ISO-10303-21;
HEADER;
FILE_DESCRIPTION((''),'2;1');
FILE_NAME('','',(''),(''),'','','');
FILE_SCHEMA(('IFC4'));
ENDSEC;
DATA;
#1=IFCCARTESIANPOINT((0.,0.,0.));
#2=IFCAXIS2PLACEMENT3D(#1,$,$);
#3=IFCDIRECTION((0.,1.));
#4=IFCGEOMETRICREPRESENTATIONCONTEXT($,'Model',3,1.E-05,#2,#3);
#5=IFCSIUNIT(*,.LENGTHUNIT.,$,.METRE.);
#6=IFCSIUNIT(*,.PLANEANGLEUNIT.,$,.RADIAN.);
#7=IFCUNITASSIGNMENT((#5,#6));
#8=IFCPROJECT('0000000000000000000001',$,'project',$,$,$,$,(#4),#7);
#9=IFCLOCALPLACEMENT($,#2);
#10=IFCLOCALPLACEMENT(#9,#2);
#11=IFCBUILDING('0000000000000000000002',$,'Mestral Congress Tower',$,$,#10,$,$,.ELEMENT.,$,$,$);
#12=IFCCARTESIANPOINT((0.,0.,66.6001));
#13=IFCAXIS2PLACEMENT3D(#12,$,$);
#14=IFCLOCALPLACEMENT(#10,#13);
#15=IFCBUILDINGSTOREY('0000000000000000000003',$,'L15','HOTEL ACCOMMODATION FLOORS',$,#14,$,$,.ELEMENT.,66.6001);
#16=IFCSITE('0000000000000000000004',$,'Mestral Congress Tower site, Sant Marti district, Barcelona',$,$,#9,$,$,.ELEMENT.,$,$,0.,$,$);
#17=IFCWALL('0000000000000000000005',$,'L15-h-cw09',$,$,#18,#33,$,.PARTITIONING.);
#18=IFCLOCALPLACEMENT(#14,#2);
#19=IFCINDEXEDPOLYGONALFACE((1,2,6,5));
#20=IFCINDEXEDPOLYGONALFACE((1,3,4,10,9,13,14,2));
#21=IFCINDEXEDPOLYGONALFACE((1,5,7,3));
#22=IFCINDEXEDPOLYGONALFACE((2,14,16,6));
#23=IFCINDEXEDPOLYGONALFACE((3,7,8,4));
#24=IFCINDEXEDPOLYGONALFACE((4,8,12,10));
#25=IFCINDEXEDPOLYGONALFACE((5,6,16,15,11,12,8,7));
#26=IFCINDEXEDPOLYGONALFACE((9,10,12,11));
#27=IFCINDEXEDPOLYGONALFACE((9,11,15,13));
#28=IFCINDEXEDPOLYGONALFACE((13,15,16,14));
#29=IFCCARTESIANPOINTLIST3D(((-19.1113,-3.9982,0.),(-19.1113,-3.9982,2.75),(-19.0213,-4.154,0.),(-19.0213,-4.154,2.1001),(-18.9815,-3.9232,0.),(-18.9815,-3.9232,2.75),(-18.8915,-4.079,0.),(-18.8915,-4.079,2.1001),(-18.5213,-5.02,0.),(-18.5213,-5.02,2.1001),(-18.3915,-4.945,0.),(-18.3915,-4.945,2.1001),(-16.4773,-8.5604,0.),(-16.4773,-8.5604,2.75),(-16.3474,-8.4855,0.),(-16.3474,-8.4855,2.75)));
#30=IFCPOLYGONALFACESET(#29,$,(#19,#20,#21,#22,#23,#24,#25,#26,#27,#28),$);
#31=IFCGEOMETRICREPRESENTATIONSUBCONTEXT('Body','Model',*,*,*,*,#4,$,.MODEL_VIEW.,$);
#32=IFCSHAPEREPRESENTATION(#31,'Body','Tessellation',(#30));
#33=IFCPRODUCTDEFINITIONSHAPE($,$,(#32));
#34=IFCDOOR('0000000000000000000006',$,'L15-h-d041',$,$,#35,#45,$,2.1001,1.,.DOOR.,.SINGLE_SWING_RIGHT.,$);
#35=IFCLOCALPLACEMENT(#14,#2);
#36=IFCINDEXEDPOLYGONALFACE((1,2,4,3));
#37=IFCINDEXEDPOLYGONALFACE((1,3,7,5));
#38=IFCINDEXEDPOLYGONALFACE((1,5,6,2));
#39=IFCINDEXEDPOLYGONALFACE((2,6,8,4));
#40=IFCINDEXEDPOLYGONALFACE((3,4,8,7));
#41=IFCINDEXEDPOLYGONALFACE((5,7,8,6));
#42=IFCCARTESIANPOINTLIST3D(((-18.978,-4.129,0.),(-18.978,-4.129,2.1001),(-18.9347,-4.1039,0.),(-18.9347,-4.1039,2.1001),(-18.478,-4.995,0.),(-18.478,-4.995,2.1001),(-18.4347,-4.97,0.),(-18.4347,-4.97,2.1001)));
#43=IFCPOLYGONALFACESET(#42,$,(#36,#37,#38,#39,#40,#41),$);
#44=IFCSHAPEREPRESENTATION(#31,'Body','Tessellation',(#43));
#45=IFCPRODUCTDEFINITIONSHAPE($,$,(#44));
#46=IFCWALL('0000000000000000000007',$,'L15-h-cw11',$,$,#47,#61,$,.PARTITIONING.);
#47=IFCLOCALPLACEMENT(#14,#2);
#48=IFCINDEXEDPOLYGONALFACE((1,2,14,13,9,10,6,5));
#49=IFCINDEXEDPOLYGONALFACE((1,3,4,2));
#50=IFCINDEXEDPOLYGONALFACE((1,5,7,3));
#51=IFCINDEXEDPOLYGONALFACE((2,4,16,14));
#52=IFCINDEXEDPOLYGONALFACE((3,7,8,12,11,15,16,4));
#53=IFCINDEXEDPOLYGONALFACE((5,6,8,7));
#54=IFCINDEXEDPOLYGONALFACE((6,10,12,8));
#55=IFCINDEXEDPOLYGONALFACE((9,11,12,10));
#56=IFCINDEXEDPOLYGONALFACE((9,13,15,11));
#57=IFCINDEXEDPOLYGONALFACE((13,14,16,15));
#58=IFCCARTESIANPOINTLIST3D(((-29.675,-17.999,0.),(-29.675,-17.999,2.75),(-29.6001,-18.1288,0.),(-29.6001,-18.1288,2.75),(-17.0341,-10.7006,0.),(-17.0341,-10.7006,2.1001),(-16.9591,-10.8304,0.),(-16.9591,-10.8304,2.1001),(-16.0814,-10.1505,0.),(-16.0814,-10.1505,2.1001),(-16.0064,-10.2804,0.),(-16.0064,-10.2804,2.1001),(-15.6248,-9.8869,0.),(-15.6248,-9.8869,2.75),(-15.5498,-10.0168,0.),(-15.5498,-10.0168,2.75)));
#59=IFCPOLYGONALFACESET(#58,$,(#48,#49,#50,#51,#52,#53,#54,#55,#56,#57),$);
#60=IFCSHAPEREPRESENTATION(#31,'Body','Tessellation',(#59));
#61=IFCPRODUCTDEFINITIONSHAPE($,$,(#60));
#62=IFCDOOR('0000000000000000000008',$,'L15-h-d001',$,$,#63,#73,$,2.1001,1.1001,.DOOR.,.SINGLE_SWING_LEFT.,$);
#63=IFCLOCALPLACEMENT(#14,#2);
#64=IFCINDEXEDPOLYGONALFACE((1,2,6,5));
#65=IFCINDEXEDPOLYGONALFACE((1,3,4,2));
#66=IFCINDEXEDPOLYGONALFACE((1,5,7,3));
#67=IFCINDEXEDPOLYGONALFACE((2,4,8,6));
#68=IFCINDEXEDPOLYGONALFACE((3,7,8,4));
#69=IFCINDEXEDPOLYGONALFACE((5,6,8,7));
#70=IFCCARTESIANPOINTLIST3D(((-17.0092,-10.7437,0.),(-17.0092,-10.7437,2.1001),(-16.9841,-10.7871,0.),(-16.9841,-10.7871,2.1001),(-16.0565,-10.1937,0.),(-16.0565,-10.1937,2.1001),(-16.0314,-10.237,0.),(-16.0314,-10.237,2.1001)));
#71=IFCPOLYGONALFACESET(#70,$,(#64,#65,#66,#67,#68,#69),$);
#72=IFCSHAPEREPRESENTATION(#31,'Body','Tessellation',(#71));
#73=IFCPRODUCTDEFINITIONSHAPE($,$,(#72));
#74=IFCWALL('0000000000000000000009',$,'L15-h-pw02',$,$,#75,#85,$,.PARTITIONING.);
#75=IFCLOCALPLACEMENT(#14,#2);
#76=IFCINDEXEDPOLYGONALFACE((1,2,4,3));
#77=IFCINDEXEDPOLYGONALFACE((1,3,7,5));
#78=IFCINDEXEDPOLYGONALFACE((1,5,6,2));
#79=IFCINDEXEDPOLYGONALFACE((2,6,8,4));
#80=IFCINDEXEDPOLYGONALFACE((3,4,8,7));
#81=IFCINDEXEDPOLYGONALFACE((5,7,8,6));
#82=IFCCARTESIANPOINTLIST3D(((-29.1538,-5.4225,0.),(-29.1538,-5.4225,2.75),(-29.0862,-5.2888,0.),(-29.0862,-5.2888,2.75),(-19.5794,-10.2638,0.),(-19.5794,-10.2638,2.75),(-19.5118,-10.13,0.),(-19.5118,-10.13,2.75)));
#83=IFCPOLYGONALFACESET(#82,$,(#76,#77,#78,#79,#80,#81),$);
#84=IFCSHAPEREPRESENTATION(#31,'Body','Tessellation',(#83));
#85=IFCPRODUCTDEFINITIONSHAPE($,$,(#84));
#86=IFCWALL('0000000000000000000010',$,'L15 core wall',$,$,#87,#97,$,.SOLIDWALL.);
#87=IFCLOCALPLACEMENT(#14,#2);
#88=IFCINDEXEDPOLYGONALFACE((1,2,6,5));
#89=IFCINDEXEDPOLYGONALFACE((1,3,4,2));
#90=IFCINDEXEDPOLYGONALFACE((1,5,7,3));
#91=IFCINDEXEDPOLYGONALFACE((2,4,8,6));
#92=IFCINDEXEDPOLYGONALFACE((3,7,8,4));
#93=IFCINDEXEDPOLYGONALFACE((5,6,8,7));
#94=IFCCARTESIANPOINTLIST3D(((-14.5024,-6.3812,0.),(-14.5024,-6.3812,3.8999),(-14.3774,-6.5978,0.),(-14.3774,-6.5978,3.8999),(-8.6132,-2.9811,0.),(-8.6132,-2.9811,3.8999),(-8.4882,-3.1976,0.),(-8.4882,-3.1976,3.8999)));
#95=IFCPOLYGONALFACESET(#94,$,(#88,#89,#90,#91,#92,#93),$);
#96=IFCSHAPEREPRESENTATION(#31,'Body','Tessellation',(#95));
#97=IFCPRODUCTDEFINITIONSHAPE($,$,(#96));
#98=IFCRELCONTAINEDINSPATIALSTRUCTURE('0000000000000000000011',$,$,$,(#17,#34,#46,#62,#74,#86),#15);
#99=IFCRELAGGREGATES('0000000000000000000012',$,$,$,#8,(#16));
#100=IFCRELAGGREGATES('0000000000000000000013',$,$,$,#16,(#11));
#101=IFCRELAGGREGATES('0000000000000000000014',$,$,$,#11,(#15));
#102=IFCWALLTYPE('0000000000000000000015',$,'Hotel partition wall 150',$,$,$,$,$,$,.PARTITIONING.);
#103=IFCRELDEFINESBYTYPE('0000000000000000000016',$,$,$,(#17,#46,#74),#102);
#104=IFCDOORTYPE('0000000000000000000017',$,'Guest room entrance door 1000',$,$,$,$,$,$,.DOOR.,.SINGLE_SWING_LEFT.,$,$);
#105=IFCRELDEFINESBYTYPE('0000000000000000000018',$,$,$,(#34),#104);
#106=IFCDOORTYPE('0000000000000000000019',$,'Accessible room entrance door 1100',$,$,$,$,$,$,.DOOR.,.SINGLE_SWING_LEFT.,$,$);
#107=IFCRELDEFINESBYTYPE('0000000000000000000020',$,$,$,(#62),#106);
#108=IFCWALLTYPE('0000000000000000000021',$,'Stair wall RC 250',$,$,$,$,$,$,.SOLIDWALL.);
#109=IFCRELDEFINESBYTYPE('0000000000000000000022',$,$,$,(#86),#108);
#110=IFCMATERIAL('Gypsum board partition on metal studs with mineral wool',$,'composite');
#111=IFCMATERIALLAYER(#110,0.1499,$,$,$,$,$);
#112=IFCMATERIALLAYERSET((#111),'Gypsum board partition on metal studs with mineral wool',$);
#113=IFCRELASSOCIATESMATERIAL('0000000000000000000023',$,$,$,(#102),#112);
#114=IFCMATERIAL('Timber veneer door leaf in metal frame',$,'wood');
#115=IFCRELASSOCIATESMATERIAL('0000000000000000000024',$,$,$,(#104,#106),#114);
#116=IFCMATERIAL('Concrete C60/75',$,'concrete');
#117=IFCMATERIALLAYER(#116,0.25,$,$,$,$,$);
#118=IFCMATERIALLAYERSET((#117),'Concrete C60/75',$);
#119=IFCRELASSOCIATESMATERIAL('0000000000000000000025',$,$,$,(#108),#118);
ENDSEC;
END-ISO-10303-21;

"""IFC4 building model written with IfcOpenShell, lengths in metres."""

from ifc_helpers import new_model, si_unit, direction, frame, frame_2d, origin, place, context, subcontext, project, spatial, rectangle, extrude, material, layer, layer_set, type_object, element, fill, save


model = new_model("IFC4")

# Units and contexts
model_context = context("Model", 3, precision=1e-05, world=origin(), true_north=direction((0.0, 1.0)))
body_context = subcontext(model_context, "Body", "Model", "MODEL_VIEW")
ifc_project = project(units=[si_unit("LENGTHUNIT", "METRE"), si_unit("PLANEANGLEUNIT", "RADIAN")], contexts=[model_context])

# Site, building, storey
site_placement = place(None, origin())
site = spatial("IfcSite", under=ifc_project, at=site_placement, Name="Mestral Congress Tower site, Sant Marti district, Barcelona", CompositionType="ELEMENT", RefElevation=0.0)
building_placement = place(site_placement, origin())
building = spatial("IfcBuilding", under=site, at=building_placement, Name="Mestral Congress Tower", CompositionType="ELEMENT")
storey_placement = place(building_placement, frame((0.0, 0.0, 66.6001)))
storey = spatial("IfcBuildingStorey", under=building, at=storey_placement, Name="L15", Description="HOTEL ACCOMMODATION FLOORS", CompositionType="ELEMENT", Elevation=66.6001)

# Shared definitions
ifc_material_1 = material(Name="Gypsum board partition on metal studs with mineral wool", Category="composite")

# Shared definitions
ifc_layer_1 = layer(ifc_material_1, 0.1499)
ifc_layer_set_1 = layer_set([ifc_layer_1], Name="Gypsum board partition on metal studs with mineral wool")
wall_type_1 = type_object("IfcWallType", Name="Hotel partition wall 150", PredefinedType="PARTITIONING", material=ifc_layer_set_1)
ifc_material_2 = material(Name="Timber veneer door leaf in metal frame", Category="wood")
door_type_1 = type_object("IfcDoorType", Name="Guest room entrance door 1000", OperationType="SINGLE_SWING_LEFT", PredefinedType="DOOR", material=ifc_material_2)

# Walls, openings, doors
wall_1_placement = place(storey_placement, frame((-16.4124, -8.5229, 0.0), z_axis=(0.0, 0.0, 1.0), x_axis=(-0.500002, 0.866024, 0.0)))
wall_1 = element("IfcWall", 1, at=wall_1_placement, inside=storey, type_object=wall_type_1, Name="L15-h-cw09", PredefinedType="PARTITIONING", context=body_context, shape_type="SweptSolid", body=[
    extrude(rectangle(XDim=5.2681, YDim=0.1499, at=frame_2d((2.634, 0.0))), origin(), (0.0, 0.0, 1.0), 2.75),
])
opening_1_placement = place(wall_1_placement, frame((4.0881, 0.0, 0.0)))
opening_1 = element("IfcOpeningElement", 2, at=opening_1_placement, cuts=wall_1, PredefinedType="OPENING", context=body_context, shape_type="SweptSolid", body=[
    extrude(rectangle(XDim=1.0, YDim=2.1001, at=frame_2d((0.5, 1.05))), frame((0.0, 0.085, 0.0), z_axis=(0.0, -1.0, 0.0), x_axis=(1.0, 0.0, 0.0)), (0.0, 0.0, 1.0), 0.1699),
])
door_1_placement = place(opening_1_placement, origin())
door_1 = element("IfcDoor", 3, at=door_1_placement, inside=storey, type_object=door_type_1, Name="L15-h-d041", OperationType="SINGLE_SWING_RIGHT", OverallHeight=2.1001, OverallWidth=1.0, PredefinedType="DOOR", context=body_context, shape_type="SweptSolid", body=[
    extrude(rectangle(XDim=1.0, YDim=2.1001, at=frame_2d((0.5, 1.05))), frame((0.0, 0.0249, 0.0), z_axis=(0.0, -1.0, 0.0), x_axis=(1.0, 0.0, 0.0)), (0.0, 0.0, 1.0), 0.05),
])
fill(opening_1, door_1)
wall_2_placement = place(storey_placement, frame((-15.5874, -9.9519, 0.0), z_axis=(0.0, 0.0, 1.0), x_axis=(-0.866022, -0.500006, 0.0)))
wall_2 = element("IfcWall", 4, at=wall_2_placement, inside=storey, type_object=wall_type_1, Name="L15-h-cw11", PredefinedType="PARTITIONING", context=body_context, shape_type="SweptSolid", body=[
    extrude(rectangle(XDim=16.2239, YDim=0.1499, at=frame_2d((8.1118, 0.0))), origin(), (0.0, 0.0, 1.0), 2.75),
])
opening_2_placement = place(wall_2_placement, frame((0.5271, 0.0, 0.0)))
opening_2 = element("IfcOpeningElement", 5, at=opening_2_placement, cuts=wall_2, PredefinedType="OPENING", context=body_context, shape_type="SweptSolid", body=[
    extrude(rectangle(XDim=1.1001, YDim=2.1001, at=frame_2d((0.55, 1.05))), frame((0.0, 0.085, 0.0), z_axis=(0.0, -1.0, 0.0), x_axis=(1.0, 0.0, 0.0)), (0.0, 0.0, 1.0), 0.1699),
])
door_type_2 = type_object("IfcDoorType", Name="Accessible room entrance door 1100", OperationType="SINGLE_SWING_LEFT", PredefinedType="DOOR", material=ifc_material_2)
door_2_placement = place(opening_2_placement, origin())
door_2 = element("IfcDoor", 6, at=door_2_placement, inside=storey, type_object=door_type_2, Name="L15-h-d001", OperationType="SINGLE_SWING_LEFT", OverallHeight=2.1001, OverallWidth=1.1001, PredefinedType="DOOR", context=body_context, shape_type="SweptSolid", body=[
    extrude(rectangle(XDim=1.1001, YDim=2.1001, at=frame_2d((0.55, 1.05))), frame((0.0, 0.0249, 0.0), z_axis=(0.0, -1.0, 0.0), x_axis=(1.0, 0.0, 0.0)), (0.0, 0.0, 1.0), 0.05),
])
fill(opening_2, door_2)

# Walls
wall_3_placement = place(storey_placement, frame((-29.1199, -5.3557, 0.0), z_axis=(0.0, 0.0, 1.0), x_axis=(0.892402, -0.451241, 0.0)))
element("IfcWall", 7, at=wall_3_placement, inside=storey, type_object=wall_type_1, Name="L15-h-pw02", PredefinedType="PARTITIONING", context=body_context, shape_type="SweptSolid", body=[
    extrude(rectangle(XDim=10.7288, YDim=0.1499, at=frame_2d((5.3643, 0.0))), origin(), (0.0, 0.0, 1.0), 2.75),
])
ifc_material_3 = material(Name="Concrete C60/75", Category="concrete")
ifc_layer_2 = layer(ifc_material_3, 0.25)
ifc_layer_set_2 = layer_set([ifc_layer_2], Name="Concrete C60/75")
wall_type_2 = type_object("IfcWallType", Name="Stair wall RC 250", PredefinedType="SOLIDWALL", material=ifc_layer_set_2)
wall_4_placement = place(storey_placement, frame((-14.4399, -6.4895, 0.0), z_axis=(0.0, 0.0, 1.0), x_axis=(0.866023, 0.500004, 0.0)))
element("IfcWall", 8, at=wall_4_placement, inside=storey, type_object=wall_type_2, Name="L15 core wall", PredefinedType="SOLIDWALL", context=body_context, shape_type="SweptSolid", body=[
    extrude(rectangle(XDim=6.8003, YDim=0.25, at=frame_2d((3.4001, 0.0))), origin(), (0.0, 0.0, 1.0), 3.8999),
])

save(model, "model.ifc")
